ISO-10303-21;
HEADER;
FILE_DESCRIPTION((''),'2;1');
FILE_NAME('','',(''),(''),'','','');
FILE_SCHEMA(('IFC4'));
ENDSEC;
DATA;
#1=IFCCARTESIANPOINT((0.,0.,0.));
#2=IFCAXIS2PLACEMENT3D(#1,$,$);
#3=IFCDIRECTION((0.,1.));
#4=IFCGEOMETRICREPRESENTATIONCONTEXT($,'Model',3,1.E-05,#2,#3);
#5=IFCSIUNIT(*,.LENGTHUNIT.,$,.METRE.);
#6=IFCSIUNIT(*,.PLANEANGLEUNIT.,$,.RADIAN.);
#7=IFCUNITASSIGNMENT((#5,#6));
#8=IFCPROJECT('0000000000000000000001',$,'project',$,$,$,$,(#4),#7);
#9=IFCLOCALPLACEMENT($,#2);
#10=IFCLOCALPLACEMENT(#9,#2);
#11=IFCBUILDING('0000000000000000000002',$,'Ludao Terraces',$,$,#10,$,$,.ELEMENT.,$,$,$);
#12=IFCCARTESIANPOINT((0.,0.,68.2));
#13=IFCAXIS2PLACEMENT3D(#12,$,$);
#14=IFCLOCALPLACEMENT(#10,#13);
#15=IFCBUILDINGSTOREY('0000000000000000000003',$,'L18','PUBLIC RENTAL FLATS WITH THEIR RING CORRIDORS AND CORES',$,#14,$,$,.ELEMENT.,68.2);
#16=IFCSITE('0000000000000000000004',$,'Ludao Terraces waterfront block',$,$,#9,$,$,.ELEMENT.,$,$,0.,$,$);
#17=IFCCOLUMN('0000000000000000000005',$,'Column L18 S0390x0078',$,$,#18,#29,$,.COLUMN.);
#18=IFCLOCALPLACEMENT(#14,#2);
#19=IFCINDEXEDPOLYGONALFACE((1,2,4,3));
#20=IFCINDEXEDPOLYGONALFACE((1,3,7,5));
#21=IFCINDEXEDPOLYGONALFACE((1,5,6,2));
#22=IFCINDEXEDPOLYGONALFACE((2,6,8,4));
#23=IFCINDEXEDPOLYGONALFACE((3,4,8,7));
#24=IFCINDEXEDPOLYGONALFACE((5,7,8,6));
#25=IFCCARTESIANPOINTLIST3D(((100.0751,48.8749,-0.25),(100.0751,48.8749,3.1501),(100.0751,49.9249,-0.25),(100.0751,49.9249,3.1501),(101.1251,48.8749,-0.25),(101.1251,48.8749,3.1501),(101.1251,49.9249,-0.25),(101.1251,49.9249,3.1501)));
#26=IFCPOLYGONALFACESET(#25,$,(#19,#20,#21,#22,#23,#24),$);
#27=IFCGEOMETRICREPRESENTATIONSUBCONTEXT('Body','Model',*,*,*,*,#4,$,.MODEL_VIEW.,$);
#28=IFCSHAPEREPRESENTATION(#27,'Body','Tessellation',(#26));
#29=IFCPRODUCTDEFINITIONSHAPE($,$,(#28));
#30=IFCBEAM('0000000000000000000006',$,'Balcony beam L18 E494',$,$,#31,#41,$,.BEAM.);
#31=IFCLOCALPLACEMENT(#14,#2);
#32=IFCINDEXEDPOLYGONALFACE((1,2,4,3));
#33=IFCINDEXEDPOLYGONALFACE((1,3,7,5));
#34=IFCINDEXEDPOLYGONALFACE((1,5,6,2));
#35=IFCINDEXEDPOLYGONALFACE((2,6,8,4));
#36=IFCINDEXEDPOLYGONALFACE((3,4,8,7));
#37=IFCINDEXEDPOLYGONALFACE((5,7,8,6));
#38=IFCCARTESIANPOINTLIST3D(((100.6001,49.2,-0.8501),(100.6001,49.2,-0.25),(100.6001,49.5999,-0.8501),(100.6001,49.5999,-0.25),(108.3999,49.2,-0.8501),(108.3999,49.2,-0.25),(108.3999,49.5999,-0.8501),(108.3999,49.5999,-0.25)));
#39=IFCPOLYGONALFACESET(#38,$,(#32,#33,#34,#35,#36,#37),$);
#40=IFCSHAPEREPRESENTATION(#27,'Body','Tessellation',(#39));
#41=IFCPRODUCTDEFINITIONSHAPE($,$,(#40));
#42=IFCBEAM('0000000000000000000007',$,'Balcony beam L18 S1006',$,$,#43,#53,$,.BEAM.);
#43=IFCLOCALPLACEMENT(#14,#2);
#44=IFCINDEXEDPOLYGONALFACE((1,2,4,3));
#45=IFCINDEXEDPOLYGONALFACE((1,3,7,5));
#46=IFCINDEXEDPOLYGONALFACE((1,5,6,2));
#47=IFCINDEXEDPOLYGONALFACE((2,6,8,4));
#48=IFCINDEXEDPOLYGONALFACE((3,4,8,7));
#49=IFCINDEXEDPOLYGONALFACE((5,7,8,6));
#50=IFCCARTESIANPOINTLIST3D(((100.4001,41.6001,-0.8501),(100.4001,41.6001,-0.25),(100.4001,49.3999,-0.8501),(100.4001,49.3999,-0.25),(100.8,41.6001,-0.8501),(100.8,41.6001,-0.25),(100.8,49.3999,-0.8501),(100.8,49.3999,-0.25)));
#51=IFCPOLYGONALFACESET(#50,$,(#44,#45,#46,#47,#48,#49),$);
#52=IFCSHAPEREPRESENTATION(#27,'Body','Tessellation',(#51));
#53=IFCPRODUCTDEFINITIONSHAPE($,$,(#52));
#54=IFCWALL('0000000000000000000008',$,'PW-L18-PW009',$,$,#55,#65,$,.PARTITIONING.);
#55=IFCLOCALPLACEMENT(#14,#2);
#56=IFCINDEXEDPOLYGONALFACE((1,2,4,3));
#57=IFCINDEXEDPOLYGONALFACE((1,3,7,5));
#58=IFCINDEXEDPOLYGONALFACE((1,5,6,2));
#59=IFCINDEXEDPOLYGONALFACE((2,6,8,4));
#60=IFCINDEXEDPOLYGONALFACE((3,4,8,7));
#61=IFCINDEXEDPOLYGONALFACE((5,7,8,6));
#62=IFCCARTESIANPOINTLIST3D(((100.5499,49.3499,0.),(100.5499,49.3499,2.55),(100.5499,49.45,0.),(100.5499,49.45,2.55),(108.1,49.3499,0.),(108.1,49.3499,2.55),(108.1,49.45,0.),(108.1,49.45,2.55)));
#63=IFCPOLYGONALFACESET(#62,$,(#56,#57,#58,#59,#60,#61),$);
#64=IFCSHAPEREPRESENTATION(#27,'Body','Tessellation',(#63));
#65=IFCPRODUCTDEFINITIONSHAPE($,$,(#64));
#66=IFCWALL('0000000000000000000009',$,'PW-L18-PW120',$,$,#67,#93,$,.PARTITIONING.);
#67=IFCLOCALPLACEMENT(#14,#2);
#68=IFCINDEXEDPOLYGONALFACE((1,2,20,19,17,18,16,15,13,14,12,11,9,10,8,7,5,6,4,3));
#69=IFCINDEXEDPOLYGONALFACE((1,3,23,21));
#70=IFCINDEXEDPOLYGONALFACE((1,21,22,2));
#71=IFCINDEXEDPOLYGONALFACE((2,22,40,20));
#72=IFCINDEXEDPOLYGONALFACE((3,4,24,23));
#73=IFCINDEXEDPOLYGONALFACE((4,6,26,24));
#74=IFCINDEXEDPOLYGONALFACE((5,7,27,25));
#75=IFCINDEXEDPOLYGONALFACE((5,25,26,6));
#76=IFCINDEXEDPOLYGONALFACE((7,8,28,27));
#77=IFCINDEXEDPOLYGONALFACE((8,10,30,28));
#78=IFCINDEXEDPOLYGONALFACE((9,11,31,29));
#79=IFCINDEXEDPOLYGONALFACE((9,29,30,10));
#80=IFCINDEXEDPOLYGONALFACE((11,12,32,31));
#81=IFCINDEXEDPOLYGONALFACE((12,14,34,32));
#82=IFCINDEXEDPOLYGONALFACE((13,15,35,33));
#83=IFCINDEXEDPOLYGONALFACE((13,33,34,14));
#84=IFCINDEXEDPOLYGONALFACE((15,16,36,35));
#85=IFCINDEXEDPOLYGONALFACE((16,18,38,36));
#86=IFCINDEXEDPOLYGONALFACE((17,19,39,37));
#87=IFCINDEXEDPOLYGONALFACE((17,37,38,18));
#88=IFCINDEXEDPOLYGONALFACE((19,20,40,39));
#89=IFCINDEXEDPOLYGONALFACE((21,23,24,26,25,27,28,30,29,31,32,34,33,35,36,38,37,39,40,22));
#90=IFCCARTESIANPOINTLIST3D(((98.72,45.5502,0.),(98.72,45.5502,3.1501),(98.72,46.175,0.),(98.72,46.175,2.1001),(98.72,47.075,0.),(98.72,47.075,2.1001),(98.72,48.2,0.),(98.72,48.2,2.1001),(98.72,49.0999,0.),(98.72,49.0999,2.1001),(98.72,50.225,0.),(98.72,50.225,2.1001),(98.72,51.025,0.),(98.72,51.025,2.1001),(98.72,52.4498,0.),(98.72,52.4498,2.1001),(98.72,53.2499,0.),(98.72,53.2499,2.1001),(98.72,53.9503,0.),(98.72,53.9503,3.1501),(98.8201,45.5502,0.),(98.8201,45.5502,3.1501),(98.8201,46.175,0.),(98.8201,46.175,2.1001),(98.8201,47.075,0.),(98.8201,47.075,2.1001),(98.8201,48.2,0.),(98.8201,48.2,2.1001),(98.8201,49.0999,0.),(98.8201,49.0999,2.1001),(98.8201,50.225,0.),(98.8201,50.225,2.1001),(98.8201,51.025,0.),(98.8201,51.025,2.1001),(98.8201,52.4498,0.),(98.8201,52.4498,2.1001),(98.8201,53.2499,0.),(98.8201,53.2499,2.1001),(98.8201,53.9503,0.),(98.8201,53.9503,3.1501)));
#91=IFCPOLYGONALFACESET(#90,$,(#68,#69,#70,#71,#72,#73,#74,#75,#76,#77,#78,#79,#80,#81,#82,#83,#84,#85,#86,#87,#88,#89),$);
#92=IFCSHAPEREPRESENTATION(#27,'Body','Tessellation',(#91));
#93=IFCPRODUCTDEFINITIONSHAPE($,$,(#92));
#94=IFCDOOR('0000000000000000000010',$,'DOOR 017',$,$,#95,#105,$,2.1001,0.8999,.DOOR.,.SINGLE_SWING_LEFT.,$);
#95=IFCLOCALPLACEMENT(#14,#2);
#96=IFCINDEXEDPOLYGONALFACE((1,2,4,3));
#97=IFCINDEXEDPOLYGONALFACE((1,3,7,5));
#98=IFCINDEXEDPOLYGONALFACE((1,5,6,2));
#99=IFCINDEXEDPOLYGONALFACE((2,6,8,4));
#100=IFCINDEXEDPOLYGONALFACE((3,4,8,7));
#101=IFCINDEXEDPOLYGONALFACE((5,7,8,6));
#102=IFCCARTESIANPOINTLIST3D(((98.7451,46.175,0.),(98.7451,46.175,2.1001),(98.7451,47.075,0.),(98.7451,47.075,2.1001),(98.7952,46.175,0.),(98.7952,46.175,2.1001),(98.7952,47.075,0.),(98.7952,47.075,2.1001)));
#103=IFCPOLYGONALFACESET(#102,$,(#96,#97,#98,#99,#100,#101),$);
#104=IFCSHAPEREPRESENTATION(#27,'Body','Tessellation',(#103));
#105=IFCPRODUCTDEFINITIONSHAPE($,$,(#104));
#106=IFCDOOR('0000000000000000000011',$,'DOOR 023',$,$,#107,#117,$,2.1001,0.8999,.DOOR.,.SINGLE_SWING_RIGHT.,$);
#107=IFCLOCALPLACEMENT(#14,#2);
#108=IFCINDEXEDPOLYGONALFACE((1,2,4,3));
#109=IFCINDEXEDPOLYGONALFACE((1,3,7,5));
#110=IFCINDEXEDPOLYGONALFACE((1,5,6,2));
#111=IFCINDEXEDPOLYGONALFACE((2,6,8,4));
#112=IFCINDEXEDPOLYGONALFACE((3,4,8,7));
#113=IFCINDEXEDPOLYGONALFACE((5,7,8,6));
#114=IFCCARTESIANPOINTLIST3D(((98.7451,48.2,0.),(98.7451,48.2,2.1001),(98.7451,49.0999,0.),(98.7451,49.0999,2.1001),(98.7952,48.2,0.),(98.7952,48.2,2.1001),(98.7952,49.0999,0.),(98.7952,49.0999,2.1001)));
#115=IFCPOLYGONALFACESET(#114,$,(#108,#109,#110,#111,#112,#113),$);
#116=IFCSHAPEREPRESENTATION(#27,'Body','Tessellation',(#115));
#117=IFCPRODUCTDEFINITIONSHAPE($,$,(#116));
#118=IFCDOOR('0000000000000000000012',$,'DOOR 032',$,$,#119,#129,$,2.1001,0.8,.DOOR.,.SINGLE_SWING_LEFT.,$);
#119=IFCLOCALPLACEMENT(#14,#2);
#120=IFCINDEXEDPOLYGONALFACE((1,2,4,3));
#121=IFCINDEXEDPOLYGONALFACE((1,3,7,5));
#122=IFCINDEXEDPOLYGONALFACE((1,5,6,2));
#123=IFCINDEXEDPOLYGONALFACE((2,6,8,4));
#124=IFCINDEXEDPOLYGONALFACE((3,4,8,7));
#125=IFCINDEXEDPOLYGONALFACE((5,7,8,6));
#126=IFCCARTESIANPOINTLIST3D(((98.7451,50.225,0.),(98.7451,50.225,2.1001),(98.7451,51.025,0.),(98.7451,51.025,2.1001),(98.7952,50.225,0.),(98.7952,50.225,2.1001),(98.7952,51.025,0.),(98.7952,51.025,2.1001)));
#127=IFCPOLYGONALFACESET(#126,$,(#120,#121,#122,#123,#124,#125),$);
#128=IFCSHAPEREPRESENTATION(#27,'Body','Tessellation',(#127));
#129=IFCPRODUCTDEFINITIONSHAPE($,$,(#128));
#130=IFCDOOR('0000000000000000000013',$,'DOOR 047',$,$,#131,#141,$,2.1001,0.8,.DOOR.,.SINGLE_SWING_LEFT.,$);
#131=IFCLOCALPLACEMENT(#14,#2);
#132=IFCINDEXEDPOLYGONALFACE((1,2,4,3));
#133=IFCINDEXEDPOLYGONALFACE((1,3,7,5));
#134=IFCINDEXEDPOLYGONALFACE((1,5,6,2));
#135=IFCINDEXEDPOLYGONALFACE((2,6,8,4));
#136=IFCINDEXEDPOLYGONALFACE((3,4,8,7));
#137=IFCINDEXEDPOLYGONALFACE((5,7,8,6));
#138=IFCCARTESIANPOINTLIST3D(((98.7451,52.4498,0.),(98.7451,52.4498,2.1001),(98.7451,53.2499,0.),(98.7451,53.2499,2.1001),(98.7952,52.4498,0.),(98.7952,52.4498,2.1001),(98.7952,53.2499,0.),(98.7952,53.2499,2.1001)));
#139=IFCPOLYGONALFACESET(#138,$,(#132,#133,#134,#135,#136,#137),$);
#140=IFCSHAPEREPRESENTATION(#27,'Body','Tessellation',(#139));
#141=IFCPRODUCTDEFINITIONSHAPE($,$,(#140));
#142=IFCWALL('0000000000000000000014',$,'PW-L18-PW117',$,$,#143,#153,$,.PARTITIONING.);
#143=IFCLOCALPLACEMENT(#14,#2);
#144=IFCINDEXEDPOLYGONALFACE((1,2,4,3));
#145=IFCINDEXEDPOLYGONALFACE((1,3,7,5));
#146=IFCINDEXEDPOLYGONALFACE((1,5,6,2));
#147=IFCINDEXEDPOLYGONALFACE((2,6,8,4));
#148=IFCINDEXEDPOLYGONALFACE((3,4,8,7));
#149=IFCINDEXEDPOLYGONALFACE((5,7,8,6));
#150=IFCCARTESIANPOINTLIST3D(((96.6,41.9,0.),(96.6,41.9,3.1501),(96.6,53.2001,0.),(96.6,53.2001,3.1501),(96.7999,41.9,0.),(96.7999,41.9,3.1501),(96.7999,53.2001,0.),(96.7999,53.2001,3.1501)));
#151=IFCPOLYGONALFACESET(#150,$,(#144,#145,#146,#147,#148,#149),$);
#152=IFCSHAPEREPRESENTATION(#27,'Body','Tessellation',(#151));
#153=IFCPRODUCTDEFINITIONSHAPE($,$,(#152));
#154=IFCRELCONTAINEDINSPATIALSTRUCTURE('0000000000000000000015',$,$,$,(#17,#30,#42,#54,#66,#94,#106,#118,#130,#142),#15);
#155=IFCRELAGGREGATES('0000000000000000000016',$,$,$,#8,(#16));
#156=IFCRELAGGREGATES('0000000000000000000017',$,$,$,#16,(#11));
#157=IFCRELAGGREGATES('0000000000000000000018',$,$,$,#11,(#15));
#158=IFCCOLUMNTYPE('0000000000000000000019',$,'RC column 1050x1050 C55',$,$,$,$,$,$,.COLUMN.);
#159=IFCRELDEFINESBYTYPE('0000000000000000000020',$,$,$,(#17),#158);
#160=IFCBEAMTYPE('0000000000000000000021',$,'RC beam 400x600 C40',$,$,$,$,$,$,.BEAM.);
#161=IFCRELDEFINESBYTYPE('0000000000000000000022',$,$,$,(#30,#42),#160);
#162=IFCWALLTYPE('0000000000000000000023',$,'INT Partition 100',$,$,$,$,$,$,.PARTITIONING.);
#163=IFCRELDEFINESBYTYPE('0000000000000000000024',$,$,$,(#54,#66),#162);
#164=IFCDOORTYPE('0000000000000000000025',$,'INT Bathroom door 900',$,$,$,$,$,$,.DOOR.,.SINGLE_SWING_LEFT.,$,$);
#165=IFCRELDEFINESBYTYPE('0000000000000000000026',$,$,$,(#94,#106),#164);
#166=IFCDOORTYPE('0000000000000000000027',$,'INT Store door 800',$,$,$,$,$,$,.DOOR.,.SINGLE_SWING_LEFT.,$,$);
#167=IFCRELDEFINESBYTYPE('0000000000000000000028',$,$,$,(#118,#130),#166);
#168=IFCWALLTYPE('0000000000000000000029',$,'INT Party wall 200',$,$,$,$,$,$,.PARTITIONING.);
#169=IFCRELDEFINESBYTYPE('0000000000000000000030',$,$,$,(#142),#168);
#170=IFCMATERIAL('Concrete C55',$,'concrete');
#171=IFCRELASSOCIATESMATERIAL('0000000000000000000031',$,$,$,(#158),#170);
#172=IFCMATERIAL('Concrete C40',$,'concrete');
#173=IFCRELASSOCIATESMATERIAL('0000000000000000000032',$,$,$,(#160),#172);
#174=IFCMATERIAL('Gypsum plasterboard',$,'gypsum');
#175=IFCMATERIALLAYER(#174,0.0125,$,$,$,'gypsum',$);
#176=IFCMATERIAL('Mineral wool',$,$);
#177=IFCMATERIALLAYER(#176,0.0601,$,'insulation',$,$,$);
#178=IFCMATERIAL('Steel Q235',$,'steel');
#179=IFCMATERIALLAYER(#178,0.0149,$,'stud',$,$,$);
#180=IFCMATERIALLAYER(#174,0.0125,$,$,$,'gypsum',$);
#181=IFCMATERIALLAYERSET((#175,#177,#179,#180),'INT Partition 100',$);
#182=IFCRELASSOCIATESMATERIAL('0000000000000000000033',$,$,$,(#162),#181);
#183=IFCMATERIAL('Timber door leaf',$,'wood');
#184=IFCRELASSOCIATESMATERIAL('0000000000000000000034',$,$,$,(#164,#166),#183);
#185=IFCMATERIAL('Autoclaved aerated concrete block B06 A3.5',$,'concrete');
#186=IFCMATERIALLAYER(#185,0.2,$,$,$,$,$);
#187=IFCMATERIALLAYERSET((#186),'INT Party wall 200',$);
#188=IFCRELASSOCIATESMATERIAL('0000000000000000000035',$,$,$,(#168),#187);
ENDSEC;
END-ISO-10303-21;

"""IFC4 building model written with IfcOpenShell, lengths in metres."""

from ifc_helpers import new_model, si_unit, direction, frame, frame_2d, origin, origin_2d, place, context, subcontext, project, spatial, rectangle, extrude, material, layer, layer_set, material_profile, profile_set, type_object, element, fill, save


model = new_model("IFC4")

# Units and contexts
model_context = context("Model", 3, precision=1e-05, world=origin(), true_north=direction((0.0, 1.0)))
body_context = subcontext(model_context, "Body", "Model", "MODEL_VIEW")
ifc_project = project(units=[si_unit("LENGTHUNIT", "METRE"), si_unit("PLANEANGLEUNIT", "RADIAN")], contexts=[model_context])

# Site, building, storey
site_placement = place(None, origin())
site = spatial("IfcSite", under=ifc_project, at=site_placement, Name="Ludao Terraces waterfront block", CompositionType="ELEMENT", RefElevation=0.0)
building_placement = place(site_placement, origin())
building = spatial("IfcBuilding", under=site, at=building_placement, Name="Ludao Terraces", CompositionType="ELEMENT")
storey_placement = place(building_placement, frame((0.0, 0.0, 68.2)))
storey = spatial("IfcBuildingStorey", under=building, at=storey_placement, Name="L18", Description="PUBLIC RENTAL FLATS WITH THEIR RING CORRIDORS AND CORES", CompositionType="ELEMENT", Elevation=68.2)

# Column
ifc_material_1 = material(Name="Concrete C55", Category="concrete")
ifc_material_profile_1 = material_profile(ifc_material_1, rectangle(XDim=1.05, YDim=1.05, at=origin_2d()), Name="1050 X 1050")
ifc_profile_set_1 = profile_set([ifc_material_profile_1], Name="Concrete C55")
column_type = type_object("IfcColumnType", Name="RC column 1050x1050 C55", PredefinedType="COLUMN", material=ifc_profile_set_1)
column_placement = place(storey_placement, frame((100.6001, 49.3999, -0.25), z_axis=(0.0, 0.0, 1.0), x_axis=(1.0, 0.0, 0.0)))
element("IfcColumn", 1, at=column_placement, inside=storey, type_object=column_type, Name="Column L18 S0390x0078", PredefinedType="COLUMN", context=body_context, shape_type="SweptSolid", body=[
    extrude(rectangle(XDim=1.05, YDim=1.05, at=origin_2d()), origin(), (0.0, 0.0, 1.0), 3.4001),
])

# Beams
ifc_material_2 = material(Name="Concrete C40", Category="concrete")
ifc_material_profile_2 = material_profile(ifc_material_2, rectangle(XDim=0.3999, YDim=0.6001, at=origin_2d()), Name="400 X 600")
ifc_profile_set_2 = profile_set([ifc_material_profile_2], Name="Concrete C40")
beam_type = type_object("IfcBeamType", Name="RC beam 400x600 C40", PredefinedType="BEAM", material=ifc_profile_set_2)
for number, where, z_axis, x_axis, name in (
    (2, (100.6001, 49.3999, -0.55), (1.0, 0.0, 0.0), (0.0, 1.0, 0.0), "Balcony beam L18 E494"),
    (3, (100.6001, 49.3999, -0.55), (0.0, -1.0, 0.0), (1.0, 0.0, 0.0), "Balcony beam L18 S1006"),
):
    element("IfcBeam", number, at=place(storey_placement, frame(where, z_axis=z_axis, x_axis=x_axis)), inside=storey, type_object=beam_type, Name=name, PredefinedType="BEAM", context=body_context, shape_type="SweptSolid", body=[
        extrude(rectangle(XDim=0.3999, YDim=0.6001, at=origin_2d()), origin(), (0.0, 0.0, 1.0), 7.7998),
    ])

# Wall
ifc_material_3 = material(Name="Gypsum plasterboard", Category="gypsum")
ifc_layer_1 = layer(ifc_material_3, 0.0125, Category="gypsum")
ifc_material_4 = material(Name="Mineral wool")
ifc_layer_2 = layer(ifc_material_4, 0.0601, Name="insulation")
ifc_material_5 = material(Name="Steel Q235", Category="steel")
ifc_layer_3 = layer(ifc_material_5, 0.0149, Name="stud")
ifc_layer_4 = layer(ifc_material_3, 0.0125, Category="gypsum")
ifc_layer_set_1 = layer_set([ifc_layer_1, ifc_layer_2, ifc_layer_3, ifc_layer_4], Name="INT Partition 100")
wall_type_1 = type_object("IfcWallType", Name="INT Partition 100", PredefinedType="PARTITIONING", material=ifc_layer_set_1)
wall_1_placement = place(storey_placement, frame((100.55, 49.3999, 0.0), z_axis=(0.0, 0.0, 1.0), x_axis=(1.0, 0.0, 0.0)))
element("IfcWall", 4, at=wall_1_placement, inside=storey, type_object=wall_type_1, Name="PW-L18-PW009", PredefinedType="PARTITIONING", context=body_context, shape_type="SweptSolid", body=[
    extrude(rectangle(XDim=7.55, YDim=0.1001, at=frame_2d((3.7749, 0.0))), origin(), (0.0, 0.0, 1.0), 2.55),
])

# Wall, openings, doors
wall_2_placement = place(storey_placement, frame((98.77, 45.55, 0.0), z_axis=(0.0, 0.0, 1.0), x_axis=(0.0, 1.0, 0.0)))
wall_2 = element("IfcWall", 5, at=wall_2_placement, inside=storey, type_object=wall_type_1, Name="PW-L18-PW120", PredefinedType="PARTITIONING", context=body_context, shape_type="SweptSolid", body=[
    extrude(rectangle(XDim=8.4001, YDim=0.1001, at=frame_2d((4.2002, 0.0))), origin(), (0.0, 0.0, 1.0), 3.1501),
])
opening_1_placement = place(wall_2_placement, frame((0.625, 0.0, 0.0)))
opening_1 = element("IfcOpeningElement", 6, at=opening_1_placement, cuts=wall_2, PredefinedType="OPENING", context=body_context, shape_type="SweptSolid", body=[
    extrude(rectangle(XDim=0.8999, YDim=2.1001, at=frame_2d((0.45, 1.05))), frame((0.0, 0.0601, 0.0), z_axis=(0.0, -1.0, 0.0), x_axis=(1.0, 0.0, 0.0)), (0.0, 0.0, 1.0), 0.1201),
])
opening_2_placement = place(wall_2_placement, frame((2.6499, 0.0, 0.0)))
opening_2 = element("IfcOpeningElement", 7, at=opening_2_placement, cuts=wall_2, PredefinedType="OPENING", context=body_context, shape_type="SweptSolid", body=[
    extrude(rectangle(XDim=0.8999, YDim=2.1001, at=frame_2d((0.45, 1.05))), frame((0.0, 0.0601, 0.0), z_axis=(0.0, -1.0, 0.0), x_axis=(1.0, 0.0, 0.0)), (0.0, 0.0, 1.0), 0.1201),
])
opening_3_placement = place(wall_2_placement, frame((4.675, 0.0, 0.0)))
opening_3 = element("IfcOpeningElement", 8, at=opening_3_placement, cuts=wall_2, PredefinedType="OPENING", context=body_context, shape_type="SweptSolid", body=[
    extrude(rectangle(XDim=0.8, YDim=2.1001, at=frame_2d((0.3999, 1.05))), frame((0.0, 0.0601, 0.0), z_axis=(0.0, -1.0, 0.0), x_axis=(1.0, 0.0, 0.0)), (0.0, 0.0, 1.0), 0.1201),
])
opening_4_placement = place(wall_2_placement, frame((6.8999, 0.0, 0.0)))
opening_4 = element("IfcOpeningElement", 9, at=opening_4_placement, cuts=wall_2, PredefinedType="OPENING", context=body_context, shape_type="SweptSolid", body=[
    extrude(rectangle(XDim=0.8, YDim=2.1001, at=frame_2d((0.3999, 1.05))), frame((0.0, 0.0601, 0.0), z_axis=(0.0, -1.0, 0.0), x_axis=(1.0, 0.0, 0.0)), (0.0, 0.0, 1.0), 0.1201),
])
ifc_material_6 = material(Name="Timber door leaf", Category="wood")
door_type_1 = type_object("IfcDoorType", Name="INT Bathroom door 900", OperationType="SINGLE_SWING_LEFT", PredefinedType="DOOR", material=ifc_material_6)
door_1_placement = place(opening_1_placement, origin())
door_1 = element("IfcDoor", 10, at=door_1_placement, inside=storey, type_object=door_type_1, Name="DOOR 017", OperationType="SINGLE_SWING_LEFT", OverallHeight=2.1001, OverallWidth=0.8999, PredefinedType="DOOR", context=body_context, shape_type="SweptSolid", body=[
    extrude(rectangle(XDim=0.8999, YDim=2.1001, at=frame_2d((0.45, 1.05))), frame((0.0, 0.0249, 0.0), z_axis=(0.0, -1.0, 0.0), x_axis=(1.0, 0.0, 0.0)), (0.0, 0.0, 1.0), 0.05),
])
fill(opening_1, door_1)
door_2_placement = place(opening_2_placement, origin())
door_2 = element("IfcDoor", 11, at=door_2_placement, inside=storey, type_object=door_type_1, Name="DOOR 023", OperationType="SINGLE_SWING_RIGHT", OverallHeight=2.1001, OverallWidth=0.8999, PredefinedType="DOOR", context=body_context, shape_type="SweptSolid", body=[
    extrude(rectangle(XDim=0.8999, YDim=2.1001, at=frame_2d((0.45, 1.05))), frame((0.0, 0.0249, 0.0), z_axis=(0.0, -1.0, 0.0), x_axis=(1.0, 0.0, 0.0)), (0.0, 0.0, 1.0), 0.05),
])
fill(opening_2, door_2)
door_type_2 = type_object("IfcDoorType", Name="INT Store door 800", OperationType="SINGLE_SWING_LEFT", PredefinedType="DOOR", material=ifc_material_6)
door_3_placement = place(opening_3_placement, origin())
door_3 = element("IfcDoor", 12, at=door_3_placement, inside=storey, type_object=door_type_2, Name="DOOR 032", OperationType="SINGLE_SWING_LEFT", OverallHeight=2.1001, OverallWidth=0.8, PredefinedType="DOOR", context=body_context, shape_type="SweptSolid", body=[
    extrude(rectangle(XDim=0.8, YDim=2.1001, at=frame_2d((0.3999, 1.05))), frame((0.0, 0.0249, 0.0), z_axis=(0.0, -1.0, 0.0), x_axis=(1.0, 0.0, 0.0)), (0.0, 0.0, 1.0), 0.05),
])
fill(opening_3, door_3)
door_4_placement = place(opening_4_placement, origin())
door_4 = element("IfcDoor", 13, at=door_4_placement, inside=storey, type_object=door_type_2, Name="DOOR 047", OperationType="SINGLE_SWING_LEFT", OverallHeight=2.1001, OverallWidth=0.8, PredefinedType="DOOR", context=body_context, shape_type="SweptSolid", body=[
    extrude(rectangle(XDim=0.8, YDim=2.1001, at=frame_2d((0.3999, 1.05))), frame((0.0, 0.0249, 0.0), z_axis=(0.0, -1.0, 0.0), x_axis=(1.0, 0.0, 0.0)), (0.0, 0.0, 1.0), 0.05),
])
fill(opening_4, door_4)

# Wall
ifc_material_7 = material(Name="Autoclaved aerated concrete block B06 A3.5", Category="concrete")
ifc_layer_5 = layer(ifc_material_7, 0.2)
ifc_layer_set_2 = layer_set([ifc_layer_5], Name="INT Party wall 200")
wall_type_2 = type_object("IfcWallType", Name="INT Party wall 200", PredefinedType="PARTITIONING", material=ifc_layer_set_2)
wall_3_placement = place(storey_placement, frame((96.7, 41.9001, 0.0), z_axis=(0.0, 0.0, 1.0), x_axis=(0.0, 1.0, 0.0)))
element("IfcWall", 14, at=wall_3_placement, inside=storey, type_object=wall_type_2, Name="PW-L18-PW117", PredefinedType="PARTITIONING", context=body_context, shape_type="SweptSolid", body=[
    extrude(rectangle(XDim=11.3, YDim=0.2, at=frame_2d((5.6499, 0.0))), origin(), (0.0, 0.0, 1.0), 3.1501),
])

save(model, "model.ifc")
